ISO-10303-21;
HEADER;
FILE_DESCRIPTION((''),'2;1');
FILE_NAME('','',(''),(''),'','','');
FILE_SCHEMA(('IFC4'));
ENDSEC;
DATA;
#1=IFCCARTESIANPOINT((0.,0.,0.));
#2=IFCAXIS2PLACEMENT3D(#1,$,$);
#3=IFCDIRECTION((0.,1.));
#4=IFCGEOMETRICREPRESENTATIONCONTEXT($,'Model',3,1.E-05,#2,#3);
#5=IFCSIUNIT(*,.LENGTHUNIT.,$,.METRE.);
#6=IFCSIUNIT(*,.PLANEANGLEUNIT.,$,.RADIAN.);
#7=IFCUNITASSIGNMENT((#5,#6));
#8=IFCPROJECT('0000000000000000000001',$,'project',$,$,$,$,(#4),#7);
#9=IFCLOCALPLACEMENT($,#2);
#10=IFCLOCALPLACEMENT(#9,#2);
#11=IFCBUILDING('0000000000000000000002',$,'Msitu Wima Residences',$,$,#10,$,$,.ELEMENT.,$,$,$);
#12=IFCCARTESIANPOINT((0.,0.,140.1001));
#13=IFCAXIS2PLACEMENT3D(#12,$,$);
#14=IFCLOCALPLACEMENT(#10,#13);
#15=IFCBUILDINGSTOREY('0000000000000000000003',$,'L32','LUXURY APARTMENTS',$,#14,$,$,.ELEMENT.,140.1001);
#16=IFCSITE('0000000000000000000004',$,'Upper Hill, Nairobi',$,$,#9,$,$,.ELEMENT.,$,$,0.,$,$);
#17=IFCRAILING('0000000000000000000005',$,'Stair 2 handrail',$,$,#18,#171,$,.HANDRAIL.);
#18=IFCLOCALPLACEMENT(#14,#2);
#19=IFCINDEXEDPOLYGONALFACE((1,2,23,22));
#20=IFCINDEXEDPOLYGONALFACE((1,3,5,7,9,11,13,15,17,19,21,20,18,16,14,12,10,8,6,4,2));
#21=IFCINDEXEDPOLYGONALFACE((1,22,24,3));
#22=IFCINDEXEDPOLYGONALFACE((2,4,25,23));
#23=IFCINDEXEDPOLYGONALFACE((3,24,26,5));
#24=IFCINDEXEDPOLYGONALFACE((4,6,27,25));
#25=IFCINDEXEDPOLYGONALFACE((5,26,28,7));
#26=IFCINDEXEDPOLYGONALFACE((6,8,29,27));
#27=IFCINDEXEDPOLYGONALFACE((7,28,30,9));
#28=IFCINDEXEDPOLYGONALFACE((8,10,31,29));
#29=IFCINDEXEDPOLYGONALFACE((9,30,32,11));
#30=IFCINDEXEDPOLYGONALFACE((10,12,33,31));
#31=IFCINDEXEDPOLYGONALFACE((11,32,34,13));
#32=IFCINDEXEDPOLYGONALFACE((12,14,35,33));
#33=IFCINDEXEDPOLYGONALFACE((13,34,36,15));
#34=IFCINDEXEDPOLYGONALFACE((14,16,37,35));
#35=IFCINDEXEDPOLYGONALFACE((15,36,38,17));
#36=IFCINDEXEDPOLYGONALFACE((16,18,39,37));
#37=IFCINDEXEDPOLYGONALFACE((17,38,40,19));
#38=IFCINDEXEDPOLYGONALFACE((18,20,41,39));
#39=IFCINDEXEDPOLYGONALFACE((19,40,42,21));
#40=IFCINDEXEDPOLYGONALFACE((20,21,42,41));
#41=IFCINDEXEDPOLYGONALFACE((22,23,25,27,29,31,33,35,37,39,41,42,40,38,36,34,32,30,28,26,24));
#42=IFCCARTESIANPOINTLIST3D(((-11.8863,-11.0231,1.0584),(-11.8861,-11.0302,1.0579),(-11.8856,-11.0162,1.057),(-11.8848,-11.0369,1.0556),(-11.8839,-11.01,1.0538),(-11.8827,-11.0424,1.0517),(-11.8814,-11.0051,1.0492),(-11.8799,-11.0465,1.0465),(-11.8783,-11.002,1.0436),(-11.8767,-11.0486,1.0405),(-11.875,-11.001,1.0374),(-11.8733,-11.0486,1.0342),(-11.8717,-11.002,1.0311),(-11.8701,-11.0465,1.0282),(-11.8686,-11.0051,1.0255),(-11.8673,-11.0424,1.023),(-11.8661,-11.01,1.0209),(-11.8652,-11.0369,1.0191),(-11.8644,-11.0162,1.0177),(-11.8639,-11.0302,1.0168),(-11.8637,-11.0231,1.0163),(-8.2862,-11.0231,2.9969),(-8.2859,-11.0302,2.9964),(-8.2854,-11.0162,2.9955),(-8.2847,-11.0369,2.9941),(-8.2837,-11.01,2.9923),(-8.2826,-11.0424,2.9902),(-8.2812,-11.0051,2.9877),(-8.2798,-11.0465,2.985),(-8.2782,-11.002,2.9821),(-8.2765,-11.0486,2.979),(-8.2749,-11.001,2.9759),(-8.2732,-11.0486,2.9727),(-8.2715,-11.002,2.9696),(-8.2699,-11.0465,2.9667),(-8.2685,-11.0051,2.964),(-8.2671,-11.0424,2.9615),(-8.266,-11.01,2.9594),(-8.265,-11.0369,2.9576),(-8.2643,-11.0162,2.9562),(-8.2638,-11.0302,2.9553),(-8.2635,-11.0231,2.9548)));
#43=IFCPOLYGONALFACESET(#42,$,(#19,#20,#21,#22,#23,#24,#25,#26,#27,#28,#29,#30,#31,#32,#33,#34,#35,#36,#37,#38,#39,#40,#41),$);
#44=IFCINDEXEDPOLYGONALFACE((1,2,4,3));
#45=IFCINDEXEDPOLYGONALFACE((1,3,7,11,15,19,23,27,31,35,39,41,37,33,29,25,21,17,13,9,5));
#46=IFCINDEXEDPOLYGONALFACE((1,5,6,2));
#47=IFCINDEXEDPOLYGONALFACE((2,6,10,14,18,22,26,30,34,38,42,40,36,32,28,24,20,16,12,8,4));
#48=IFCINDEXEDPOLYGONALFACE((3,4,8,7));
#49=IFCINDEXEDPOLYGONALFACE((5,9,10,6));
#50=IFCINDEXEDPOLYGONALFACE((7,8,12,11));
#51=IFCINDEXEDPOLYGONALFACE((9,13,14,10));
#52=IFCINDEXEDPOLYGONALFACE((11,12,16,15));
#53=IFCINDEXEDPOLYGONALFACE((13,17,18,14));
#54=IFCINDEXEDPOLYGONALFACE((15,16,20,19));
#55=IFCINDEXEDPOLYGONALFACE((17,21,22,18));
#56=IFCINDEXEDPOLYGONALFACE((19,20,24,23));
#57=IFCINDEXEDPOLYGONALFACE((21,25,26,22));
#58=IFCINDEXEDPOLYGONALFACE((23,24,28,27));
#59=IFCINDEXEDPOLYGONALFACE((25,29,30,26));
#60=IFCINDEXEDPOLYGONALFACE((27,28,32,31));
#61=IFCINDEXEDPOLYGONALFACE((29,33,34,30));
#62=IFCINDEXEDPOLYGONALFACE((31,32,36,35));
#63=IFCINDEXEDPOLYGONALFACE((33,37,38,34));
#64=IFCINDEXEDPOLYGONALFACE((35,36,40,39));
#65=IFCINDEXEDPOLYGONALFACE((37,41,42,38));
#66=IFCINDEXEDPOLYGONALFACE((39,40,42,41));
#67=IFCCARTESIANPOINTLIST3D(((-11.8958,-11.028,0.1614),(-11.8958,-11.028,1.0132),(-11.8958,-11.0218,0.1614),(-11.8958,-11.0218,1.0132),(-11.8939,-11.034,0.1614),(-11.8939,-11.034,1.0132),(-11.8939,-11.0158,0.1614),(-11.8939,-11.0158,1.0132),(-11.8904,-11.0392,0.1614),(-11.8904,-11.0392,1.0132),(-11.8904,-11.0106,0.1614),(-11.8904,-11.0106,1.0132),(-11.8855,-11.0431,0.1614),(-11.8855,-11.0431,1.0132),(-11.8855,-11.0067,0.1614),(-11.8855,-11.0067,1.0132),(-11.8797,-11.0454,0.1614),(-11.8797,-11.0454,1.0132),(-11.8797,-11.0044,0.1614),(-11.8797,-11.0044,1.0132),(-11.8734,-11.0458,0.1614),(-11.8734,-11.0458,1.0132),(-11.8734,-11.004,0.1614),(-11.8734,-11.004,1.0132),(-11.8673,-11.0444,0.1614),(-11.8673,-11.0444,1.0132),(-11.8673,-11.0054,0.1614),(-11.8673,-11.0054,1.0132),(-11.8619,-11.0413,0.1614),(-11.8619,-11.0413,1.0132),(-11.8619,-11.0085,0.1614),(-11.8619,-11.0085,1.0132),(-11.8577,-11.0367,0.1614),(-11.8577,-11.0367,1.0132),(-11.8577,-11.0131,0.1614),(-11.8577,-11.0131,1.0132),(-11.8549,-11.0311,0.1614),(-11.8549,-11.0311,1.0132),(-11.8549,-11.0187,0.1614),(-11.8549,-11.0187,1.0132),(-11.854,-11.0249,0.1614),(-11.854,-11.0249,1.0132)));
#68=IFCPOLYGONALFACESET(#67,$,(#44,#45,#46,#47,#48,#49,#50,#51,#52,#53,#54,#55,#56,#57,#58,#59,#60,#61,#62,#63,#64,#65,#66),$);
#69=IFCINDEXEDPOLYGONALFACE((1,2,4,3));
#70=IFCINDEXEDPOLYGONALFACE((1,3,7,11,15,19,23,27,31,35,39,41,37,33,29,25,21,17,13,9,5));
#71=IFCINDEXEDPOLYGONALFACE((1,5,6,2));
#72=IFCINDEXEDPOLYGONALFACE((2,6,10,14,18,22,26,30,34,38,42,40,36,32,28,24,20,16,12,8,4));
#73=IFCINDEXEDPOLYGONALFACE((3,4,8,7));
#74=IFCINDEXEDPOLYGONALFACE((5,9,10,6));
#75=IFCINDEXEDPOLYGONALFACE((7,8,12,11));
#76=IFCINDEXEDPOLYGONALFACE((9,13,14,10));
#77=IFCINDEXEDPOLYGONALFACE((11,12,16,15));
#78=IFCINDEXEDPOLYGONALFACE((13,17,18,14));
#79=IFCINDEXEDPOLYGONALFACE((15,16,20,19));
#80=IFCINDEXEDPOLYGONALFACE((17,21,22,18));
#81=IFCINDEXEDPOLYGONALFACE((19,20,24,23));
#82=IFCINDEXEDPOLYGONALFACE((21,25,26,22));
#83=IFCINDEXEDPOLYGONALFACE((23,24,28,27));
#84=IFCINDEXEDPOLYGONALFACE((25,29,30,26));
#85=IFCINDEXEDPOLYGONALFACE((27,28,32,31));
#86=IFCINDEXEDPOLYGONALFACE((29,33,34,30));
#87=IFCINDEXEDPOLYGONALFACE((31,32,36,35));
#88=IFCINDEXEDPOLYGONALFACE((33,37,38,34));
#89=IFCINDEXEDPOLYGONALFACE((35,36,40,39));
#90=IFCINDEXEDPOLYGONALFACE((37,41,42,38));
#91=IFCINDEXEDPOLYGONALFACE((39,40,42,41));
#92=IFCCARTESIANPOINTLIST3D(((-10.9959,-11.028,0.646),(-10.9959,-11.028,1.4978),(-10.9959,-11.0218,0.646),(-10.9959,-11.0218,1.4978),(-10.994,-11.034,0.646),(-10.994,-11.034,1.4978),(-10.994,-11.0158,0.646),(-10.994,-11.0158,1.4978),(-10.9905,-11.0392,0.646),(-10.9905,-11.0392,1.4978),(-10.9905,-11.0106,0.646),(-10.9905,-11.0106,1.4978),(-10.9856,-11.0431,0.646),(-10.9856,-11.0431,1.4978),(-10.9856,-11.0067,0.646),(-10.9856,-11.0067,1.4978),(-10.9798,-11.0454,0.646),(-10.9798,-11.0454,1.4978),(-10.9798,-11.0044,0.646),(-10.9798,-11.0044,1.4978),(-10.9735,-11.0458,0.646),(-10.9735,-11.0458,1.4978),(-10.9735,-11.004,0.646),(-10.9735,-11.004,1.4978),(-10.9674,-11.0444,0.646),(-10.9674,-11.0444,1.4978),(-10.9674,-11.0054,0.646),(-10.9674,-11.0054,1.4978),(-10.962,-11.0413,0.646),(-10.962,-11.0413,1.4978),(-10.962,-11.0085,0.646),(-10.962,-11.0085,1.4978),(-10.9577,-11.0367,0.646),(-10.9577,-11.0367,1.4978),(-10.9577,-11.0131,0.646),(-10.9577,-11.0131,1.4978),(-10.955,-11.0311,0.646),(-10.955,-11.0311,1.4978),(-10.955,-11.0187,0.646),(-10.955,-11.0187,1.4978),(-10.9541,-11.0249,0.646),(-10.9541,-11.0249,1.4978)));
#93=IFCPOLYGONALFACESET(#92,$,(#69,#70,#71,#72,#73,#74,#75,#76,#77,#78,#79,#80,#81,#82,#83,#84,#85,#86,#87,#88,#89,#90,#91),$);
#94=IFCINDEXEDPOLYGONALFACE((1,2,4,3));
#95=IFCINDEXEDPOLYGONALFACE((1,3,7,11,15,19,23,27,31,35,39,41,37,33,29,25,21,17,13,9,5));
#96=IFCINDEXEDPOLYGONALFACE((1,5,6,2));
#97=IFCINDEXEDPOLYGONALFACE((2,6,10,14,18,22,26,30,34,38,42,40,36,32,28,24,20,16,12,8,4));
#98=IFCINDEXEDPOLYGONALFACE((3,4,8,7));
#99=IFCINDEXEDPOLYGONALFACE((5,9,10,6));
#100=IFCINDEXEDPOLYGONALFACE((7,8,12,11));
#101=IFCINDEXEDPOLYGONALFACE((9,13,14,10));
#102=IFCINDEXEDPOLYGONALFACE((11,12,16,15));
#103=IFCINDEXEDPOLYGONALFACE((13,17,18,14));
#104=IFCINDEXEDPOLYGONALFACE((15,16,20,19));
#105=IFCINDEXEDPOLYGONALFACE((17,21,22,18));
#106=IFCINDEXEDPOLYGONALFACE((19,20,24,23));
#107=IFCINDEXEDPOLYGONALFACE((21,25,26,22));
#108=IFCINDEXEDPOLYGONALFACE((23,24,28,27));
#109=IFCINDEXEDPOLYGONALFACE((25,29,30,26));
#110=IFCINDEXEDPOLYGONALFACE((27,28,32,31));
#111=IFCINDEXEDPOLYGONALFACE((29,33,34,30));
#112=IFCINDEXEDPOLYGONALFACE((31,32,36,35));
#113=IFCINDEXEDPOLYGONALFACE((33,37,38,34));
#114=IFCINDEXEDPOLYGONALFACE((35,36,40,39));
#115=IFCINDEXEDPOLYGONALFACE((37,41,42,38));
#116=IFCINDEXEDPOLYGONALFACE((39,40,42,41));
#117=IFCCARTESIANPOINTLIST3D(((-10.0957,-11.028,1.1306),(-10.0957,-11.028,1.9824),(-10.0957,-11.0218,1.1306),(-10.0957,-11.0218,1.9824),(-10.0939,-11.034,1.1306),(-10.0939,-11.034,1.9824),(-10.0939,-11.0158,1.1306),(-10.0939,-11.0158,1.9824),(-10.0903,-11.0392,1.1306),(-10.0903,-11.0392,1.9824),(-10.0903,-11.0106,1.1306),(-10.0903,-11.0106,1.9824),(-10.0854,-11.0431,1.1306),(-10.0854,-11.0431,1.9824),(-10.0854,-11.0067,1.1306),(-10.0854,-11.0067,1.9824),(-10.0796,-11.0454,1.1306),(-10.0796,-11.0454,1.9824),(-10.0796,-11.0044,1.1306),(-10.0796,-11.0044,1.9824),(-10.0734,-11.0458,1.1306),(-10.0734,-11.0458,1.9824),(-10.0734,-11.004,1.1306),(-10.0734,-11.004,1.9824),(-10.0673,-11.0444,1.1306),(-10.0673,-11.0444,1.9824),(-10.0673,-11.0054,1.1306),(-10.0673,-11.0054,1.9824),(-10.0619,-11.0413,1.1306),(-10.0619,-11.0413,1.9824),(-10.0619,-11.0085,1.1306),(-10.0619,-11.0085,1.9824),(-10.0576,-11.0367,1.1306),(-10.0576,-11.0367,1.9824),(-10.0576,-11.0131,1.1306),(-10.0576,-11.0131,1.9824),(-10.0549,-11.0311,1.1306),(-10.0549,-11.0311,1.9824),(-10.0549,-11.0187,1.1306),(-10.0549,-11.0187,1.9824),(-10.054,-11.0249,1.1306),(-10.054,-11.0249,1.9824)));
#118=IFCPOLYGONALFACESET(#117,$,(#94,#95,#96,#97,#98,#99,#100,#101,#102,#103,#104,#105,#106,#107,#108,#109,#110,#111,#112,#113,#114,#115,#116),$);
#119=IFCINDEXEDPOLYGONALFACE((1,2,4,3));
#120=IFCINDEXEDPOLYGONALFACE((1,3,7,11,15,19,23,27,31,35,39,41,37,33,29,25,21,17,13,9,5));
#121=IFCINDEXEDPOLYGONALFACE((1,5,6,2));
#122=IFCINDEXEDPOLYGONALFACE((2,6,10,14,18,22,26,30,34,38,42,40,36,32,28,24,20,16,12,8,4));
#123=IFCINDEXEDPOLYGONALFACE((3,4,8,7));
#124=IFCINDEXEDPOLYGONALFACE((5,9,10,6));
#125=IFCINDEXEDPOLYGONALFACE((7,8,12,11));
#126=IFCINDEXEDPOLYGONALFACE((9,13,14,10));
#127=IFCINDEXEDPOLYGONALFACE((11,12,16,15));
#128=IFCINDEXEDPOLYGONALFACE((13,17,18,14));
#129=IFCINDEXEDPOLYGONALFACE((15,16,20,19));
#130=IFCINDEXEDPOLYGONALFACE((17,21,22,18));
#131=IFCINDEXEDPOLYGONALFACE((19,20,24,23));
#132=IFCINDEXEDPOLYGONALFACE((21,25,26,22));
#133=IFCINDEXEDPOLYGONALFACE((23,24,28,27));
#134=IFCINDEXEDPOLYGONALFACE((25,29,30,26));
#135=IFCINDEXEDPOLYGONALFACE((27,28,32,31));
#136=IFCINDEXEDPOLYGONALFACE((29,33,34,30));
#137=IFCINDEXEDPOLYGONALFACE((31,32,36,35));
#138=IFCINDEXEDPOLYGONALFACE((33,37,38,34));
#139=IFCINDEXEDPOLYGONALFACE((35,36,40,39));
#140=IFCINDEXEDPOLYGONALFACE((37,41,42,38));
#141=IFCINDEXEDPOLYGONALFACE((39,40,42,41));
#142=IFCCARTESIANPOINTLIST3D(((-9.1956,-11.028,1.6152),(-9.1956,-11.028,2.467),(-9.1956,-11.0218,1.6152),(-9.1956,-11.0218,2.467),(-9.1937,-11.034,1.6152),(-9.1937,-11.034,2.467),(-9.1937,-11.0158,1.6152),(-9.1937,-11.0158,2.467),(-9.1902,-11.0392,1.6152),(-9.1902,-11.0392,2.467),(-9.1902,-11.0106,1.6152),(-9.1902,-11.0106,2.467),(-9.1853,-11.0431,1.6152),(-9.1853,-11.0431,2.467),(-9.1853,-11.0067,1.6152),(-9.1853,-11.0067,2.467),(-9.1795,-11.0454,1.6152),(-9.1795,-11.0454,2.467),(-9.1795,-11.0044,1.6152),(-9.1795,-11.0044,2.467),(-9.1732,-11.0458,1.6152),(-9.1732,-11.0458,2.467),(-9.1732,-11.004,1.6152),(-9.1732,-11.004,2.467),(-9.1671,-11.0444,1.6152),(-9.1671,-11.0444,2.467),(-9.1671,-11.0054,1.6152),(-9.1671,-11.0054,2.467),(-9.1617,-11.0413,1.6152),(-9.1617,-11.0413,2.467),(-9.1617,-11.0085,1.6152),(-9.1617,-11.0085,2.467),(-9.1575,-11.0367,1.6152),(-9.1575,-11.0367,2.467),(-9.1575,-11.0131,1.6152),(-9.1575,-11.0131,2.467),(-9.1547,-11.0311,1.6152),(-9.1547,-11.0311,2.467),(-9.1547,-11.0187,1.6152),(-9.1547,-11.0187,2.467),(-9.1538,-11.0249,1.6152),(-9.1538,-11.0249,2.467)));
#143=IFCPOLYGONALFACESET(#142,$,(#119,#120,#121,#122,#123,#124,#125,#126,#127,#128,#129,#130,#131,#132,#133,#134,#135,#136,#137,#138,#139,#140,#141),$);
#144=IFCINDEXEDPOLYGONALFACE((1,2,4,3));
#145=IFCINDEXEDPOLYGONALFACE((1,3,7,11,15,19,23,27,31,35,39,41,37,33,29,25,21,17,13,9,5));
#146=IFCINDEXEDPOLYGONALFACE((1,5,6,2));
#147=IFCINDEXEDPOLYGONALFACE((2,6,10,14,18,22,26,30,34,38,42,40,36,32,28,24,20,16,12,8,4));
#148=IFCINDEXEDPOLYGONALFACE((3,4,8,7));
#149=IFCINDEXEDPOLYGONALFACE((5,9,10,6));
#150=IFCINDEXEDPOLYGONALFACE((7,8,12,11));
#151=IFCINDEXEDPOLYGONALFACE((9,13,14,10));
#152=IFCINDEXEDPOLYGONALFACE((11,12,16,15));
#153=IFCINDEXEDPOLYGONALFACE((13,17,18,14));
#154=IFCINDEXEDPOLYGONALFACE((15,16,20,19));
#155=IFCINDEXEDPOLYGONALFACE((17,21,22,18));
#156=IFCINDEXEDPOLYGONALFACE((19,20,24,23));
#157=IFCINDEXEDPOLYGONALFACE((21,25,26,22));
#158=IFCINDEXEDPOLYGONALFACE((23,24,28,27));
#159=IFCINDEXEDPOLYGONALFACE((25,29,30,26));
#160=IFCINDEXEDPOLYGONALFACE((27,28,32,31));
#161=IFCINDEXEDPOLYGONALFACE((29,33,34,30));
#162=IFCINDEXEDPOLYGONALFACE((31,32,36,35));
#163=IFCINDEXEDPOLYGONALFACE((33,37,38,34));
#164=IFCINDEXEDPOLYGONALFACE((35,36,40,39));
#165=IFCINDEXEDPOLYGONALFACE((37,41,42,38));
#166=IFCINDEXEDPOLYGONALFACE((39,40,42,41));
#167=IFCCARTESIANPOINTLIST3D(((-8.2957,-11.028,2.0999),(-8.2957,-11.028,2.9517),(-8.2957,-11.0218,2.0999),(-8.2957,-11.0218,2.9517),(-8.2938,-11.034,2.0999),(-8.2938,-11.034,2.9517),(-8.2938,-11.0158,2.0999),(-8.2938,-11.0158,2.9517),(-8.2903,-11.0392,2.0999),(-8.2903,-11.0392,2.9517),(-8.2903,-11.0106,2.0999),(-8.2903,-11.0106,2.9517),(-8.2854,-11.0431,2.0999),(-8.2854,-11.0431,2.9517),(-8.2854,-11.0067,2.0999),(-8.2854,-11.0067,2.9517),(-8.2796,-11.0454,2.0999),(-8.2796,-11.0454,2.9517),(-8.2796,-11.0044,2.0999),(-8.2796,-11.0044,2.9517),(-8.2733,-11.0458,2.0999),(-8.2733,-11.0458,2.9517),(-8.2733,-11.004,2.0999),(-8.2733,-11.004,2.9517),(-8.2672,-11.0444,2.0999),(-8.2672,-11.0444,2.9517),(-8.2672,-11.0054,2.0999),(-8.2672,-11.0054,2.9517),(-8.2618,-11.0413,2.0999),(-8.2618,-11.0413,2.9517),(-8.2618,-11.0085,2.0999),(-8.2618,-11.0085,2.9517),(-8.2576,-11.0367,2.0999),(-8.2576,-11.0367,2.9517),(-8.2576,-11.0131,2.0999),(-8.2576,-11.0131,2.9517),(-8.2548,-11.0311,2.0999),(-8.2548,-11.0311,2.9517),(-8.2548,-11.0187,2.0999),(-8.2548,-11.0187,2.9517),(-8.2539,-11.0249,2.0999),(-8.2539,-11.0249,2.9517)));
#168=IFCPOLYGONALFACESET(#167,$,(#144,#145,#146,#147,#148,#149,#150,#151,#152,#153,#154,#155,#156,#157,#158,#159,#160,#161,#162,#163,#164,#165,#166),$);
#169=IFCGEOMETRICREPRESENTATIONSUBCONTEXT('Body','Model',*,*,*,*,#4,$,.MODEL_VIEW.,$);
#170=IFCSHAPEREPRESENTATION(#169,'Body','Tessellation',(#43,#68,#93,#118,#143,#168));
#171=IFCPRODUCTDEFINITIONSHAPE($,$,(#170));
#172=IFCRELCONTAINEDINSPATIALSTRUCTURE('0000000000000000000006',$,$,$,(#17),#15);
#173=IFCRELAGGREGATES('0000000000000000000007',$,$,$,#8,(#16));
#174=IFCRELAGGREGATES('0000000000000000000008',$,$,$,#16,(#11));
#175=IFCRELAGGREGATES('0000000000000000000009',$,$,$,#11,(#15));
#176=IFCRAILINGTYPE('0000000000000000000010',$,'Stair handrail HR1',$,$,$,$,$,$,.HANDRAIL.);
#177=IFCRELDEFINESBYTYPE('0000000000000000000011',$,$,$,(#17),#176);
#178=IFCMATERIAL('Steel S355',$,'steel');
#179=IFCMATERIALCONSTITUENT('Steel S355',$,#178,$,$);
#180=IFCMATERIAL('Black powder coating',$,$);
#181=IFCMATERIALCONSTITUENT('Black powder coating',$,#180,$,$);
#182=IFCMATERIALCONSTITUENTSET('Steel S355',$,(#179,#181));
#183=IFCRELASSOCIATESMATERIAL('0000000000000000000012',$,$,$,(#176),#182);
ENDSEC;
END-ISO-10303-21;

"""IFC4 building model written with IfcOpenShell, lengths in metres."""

from ifc_helpers import new_model, si_unit, direction, frame, origin, origin_2d, place, context, subcontext, project, spatial, circle, extrude, material, constituent, constituent_set, type_object, element, save


model = new_model("IFC4")

# Units and contexts
model_context = context("Model", 3, precision=1e-05, world=origin(), true_north=direction((0.0, 1.0)))
body_context = subcontext(model_context, "Body", "Model", "MODEL_VIEW")
ifc_project = project(units=[si_unit("LENGTHUNIT", "METRE"), si_unit("PLANEANGLEUNIT", "RADIAN")], contexts=[model_context])

# Site, building, storey
site_placement = place(None, origin())
site = spatial("IfcSite", under=ifc_project, at=site_placement, Name="Upper Hill, Nairobi", CompositionType="ELEMENT", RefElevation=0.0)
building_placement = place(site_placement, origin())
building = spatial("IfcBuilding", under=site, at=building_placement, Name="Msitu Wima Residences", CompositionType="ELEMENT")
storey_placement = place(building_placement, frame((0.0, 0.0, 140.1001)))
storey = spatial("IfcBuildingStorey", under=building, at=storey_placement, Name="L32", Description="LUXURY APARTMENTS", CompositionType="ELEMENT", Elevation=140.1001)

# Railing
ifc_material_1 = material(Name="Steel S355", Category="steel")
ifc_constituent_1 = constituent(ifc_material_1, Name="Steel S355")
ifc_material_2 = material(Name="Black powder coating")
ifc_constituent_2 = constituent(ifc_material_2, Name="Black powder coating")
ifc_constituent_set = constituent_set(constituents=[ifc_constituent_1, ifc_constituent_2], Name="Steel S355")
railing_type = type_object("IfcRailingType", Name="Stair handrail HR1", PredefinedType="HANDRAIL", material=ifc_constituent_set)
for number, where, name in (
    (1, (-11.875, -11.0249, 0.1614), "Stair 2 handrail"),
):
    element("IfcRailing", number, at=place(storey_placement, frame(where)), inside=storey, type_object=railing_type, Name=name, PredefinedType="HANDRAIL", context=body_context, shape_type="SweptSolid", body=[
        extrude(circle(Radius=0.0239, at=origin_2d()), frame((0.0, 0.0, 0.876), z_axis=(0.880475, 0.0, 0.474093), x_axis=(0.0, 1.0, 0.0)), (0.0, 0.0, 1.0), 4.0889),
        extrude(circle(Radius=0.021, at=origin_2d()), origin(), (0.0, 0.0, 1.0), 0.8518),
        extrude(circle(Radius=0.021, at=origin_2d()), frame((0.8999, 0.0, 0.4846)), (0.0, 0.0, 1.0), 0.8518),
        extrude(circle(Radius=0.021, at=origin_2d()), frame((1.8, 0.0, 0.9692)), (0.0, 0.0, 1.0), 0.8518),
        extrude(circle(Radius=0.021, at=origin_2d()), frame((2.7002, 0.0, 1.4539)), (0.0, 0.0, 1.0), 0.8518),
        extrude(circle(Radius=0.021, at=origin_2d()), frame((3.6001, 0.0, 1.9385)), (0.0, 0.0, 1.0), 0.8518),
    ])

save(model, "model.ifc")
